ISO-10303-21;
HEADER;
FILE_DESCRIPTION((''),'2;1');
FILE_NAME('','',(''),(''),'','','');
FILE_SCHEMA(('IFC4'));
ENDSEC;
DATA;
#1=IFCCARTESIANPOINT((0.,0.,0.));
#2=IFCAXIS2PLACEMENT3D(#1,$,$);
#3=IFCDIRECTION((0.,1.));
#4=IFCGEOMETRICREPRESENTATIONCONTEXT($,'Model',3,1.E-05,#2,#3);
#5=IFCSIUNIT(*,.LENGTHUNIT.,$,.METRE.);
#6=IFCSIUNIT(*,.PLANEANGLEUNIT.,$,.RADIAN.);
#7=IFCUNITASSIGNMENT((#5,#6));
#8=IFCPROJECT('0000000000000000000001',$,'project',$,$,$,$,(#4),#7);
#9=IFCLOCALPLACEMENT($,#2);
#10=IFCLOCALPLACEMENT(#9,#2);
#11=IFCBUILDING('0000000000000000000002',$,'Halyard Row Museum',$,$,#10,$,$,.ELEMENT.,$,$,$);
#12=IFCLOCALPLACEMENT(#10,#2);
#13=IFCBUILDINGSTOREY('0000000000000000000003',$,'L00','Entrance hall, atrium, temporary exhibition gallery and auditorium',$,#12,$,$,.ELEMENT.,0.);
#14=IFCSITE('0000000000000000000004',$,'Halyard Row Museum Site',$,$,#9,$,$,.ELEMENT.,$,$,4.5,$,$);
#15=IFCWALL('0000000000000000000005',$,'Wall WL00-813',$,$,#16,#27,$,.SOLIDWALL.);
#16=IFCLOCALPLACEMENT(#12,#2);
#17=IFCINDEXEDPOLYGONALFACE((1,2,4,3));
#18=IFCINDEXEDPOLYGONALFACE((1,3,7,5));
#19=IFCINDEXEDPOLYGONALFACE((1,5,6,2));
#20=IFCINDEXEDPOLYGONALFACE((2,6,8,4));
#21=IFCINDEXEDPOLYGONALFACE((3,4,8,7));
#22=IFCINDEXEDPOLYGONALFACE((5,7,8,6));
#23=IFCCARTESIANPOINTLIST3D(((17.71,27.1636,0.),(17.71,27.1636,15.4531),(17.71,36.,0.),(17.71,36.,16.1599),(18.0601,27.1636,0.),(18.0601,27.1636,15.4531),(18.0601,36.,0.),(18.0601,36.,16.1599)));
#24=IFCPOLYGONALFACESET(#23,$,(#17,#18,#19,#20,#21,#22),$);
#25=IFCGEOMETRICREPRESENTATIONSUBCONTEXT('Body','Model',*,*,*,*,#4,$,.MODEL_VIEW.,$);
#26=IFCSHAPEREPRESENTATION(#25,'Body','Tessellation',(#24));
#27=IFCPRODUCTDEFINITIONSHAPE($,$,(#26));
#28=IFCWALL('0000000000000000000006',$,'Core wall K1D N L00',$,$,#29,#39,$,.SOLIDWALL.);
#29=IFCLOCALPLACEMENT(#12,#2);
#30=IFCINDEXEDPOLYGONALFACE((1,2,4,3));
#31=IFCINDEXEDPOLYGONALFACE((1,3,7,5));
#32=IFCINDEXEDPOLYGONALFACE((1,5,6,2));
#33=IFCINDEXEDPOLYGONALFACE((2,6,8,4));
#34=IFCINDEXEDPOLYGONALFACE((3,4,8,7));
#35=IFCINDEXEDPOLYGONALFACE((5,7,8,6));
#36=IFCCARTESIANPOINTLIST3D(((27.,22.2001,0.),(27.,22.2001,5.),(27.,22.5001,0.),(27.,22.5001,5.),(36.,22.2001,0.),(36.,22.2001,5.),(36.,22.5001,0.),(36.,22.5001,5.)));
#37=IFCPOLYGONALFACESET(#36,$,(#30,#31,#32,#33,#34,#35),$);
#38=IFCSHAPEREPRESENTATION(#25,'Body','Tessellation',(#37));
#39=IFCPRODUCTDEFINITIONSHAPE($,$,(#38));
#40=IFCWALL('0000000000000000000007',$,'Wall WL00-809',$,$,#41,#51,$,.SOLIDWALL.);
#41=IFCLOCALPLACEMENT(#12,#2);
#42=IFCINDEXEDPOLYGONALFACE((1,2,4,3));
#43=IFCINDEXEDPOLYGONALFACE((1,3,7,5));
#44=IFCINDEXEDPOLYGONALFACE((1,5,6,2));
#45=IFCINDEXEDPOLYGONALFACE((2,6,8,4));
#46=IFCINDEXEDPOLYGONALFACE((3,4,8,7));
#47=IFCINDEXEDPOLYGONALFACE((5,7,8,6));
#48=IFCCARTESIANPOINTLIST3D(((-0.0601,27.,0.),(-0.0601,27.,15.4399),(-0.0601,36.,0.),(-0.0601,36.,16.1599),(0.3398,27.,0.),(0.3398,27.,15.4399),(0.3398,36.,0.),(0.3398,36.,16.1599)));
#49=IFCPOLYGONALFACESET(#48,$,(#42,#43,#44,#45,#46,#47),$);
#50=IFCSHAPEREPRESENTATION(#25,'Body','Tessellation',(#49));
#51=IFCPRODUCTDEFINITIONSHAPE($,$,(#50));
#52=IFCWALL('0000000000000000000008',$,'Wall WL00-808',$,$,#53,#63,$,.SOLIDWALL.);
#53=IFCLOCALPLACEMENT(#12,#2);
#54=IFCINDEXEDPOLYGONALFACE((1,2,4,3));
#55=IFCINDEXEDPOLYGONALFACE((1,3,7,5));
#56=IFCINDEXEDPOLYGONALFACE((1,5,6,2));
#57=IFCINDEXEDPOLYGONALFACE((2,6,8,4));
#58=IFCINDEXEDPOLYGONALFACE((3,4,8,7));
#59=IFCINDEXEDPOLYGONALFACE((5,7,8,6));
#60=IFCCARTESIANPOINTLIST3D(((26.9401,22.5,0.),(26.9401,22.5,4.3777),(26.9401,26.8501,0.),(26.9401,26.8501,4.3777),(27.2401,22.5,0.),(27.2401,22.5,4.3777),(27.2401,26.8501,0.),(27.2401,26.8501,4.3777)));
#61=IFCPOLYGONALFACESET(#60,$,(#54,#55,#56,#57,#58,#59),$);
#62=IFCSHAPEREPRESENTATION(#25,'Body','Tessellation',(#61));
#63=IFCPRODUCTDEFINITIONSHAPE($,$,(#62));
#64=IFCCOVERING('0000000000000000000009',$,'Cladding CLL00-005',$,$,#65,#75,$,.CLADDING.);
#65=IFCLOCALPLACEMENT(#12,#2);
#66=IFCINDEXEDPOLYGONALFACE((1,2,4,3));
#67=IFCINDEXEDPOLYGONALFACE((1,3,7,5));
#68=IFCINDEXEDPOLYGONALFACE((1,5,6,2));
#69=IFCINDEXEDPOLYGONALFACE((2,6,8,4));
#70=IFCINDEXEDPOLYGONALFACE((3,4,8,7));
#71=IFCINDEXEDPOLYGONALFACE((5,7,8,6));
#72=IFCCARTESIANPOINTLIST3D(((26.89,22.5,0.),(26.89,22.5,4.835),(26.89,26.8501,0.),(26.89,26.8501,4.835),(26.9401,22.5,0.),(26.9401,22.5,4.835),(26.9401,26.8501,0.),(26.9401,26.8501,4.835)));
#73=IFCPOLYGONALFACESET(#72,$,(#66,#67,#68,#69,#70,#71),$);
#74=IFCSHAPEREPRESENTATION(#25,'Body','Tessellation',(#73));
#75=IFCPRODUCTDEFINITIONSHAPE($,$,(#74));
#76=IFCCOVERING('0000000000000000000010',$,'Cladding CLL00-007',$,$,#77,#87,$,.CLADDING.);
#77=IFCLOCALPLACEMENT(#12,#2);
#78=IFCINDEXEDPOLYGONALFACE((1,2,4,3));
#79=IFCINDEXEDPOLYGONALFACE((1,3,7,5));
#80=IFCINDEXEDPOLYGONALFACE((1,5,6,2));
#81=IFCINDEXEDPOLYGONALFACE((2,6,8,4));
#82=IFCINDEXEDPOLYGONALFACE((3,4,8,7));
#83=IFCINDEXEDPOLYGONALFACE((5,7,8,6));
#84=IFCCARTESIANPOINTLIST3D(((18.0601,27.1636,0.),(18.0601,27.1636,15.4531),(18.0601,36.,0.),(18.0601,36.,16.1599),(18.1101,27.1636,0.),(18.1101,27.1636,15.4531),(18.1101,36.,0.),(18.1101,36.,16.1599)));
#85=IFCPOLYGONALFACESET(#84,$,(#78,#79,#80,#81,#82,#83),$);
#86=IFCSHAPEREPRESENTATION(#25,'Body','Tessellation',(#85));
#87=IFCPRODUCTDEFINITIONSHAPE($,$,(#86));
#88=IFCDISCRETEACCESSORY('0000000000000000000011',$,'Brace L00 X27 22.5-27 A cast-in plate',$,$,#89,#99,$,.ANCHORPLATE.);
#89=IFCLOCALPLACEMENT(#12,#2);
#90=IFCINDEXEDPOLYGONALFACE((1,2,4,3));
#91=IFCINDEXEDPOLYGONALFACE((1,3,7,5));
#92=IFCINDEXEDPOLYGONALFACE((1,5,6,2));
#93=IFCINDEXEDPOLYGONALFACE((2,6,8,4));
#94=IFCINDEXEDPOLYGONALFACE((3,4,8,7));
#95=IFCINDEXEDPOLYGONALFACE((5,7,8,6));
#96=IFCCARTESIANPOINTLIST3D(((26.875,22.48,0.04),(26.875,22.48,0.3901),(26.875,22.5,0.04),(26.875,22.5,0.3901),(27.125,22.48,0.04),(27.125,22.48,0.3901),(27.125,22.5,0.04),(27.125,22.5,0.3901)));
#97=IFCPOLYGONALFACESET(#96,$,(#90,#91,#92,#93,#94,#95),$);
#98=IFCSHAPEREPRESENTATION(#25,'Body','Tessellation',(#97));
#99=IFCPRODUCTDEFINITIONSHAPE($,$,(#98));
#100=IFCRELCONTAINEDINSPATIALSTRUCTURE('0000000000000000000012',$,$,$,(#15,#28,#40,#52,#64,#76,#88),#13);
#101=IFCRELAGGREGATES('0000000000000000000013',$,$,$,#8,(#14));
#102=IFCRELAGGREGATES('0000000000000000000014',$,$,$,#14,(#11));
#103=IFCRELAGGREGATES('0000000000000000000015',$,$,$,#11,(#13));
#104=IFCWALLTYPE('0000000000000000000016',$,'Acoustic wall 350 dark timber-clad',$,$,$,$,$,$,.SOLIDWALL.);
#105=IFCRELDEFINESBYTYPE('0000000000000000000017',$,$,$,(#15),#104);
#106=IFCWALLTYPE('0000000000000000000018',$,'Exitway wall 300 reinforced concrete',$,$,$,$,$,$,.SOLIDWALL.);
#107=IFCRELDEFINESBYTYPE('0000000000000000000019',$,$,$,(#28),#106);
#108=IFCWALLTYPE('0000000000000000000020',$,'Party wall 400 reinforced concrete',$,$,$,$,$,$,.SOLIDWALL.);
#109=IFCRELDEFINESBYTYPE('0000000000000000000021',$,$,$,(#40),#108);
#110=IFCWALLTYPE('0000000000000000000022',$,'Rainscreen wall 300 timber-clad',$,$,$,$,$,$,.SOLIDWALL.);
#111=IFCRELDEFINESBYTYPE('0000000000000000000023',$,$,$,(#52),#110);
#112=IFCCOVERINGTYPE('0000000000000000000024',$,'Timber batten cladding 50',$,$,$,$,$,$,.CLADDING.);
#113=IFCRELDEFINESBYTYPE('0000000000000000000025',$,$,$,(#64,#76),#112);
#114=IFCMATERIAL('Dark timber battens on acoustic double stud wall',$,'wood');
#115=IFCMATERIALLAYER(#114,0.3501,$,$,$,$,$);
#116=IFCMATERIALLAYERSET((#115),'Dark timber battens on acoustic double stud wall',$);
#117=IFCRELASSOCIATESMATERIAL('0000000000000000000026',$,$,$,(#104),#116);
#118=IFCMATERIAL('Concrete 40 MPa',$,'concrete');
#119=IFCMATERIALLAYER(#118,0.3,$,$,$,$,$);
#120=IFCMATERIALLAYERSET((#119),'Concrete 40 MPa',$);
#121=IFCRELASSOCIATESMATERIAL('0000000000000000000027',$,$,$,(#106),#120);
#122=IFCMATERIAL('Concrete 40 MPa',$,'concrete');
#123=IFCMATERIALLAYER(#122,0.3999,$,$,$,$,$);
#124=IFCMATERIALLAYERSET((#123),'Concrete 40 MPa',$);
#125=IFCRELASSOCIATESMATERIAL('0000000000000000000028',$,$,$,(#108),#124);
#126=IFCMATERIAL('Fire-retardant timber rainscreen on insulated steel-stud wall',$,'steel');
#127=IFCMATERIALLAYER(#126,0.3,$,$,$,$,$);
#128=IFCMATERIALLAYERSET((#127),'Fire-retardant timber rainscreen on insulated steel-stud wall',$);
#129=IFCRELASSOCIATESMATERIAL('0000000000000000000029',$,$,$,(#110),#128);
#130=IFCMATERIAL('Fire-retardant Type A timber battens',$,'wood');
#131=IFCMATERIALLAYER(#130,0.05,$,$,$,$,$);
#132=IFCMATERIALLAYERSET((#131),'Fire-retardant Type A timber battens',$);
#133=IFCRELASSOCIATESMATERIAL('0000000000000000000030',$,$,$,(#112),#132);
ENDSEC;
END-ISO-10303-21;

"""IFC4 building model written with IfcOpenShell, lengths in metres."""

from ifc_helpers import new_model, si_unit, direction, frame, frame_2d, origin, origin_2d, place, context, subcontext, project, spatial, polyline, rectangle, outline, extrude, material, layer, layer_set, type_object, element, save


model = new_model("IFC4")

# Units and contexts
model_context = context("Model", 3, precision=1e-05, world=origin(), true_north=direction((0.0, 1.0)))
body_context = subcontext(model_context, "Body", "Model", "MODEL_VIEW")
ifc_project = project(units=[si_unit("LENGTHUNIT", "METRE"), si_unit("PLANEANGLEUNIT", "RADIAN")], contexts=[model_context])

# Site, building, storey
site_placement = place(None, origin())
site = spatial("IfcSite", under=ifc_project, at=site_placement, Name="Halyard Row Museum Site", CompositionType="ELEMENT", RefElevation=4.5)
building_placement = place(site_placement, origin())
building = spatial("IfcBuilding", under=site, at=building_placement, Name="Halyard Row Museum", CompositionType="ELEMENT")
storey_placement = place(building_placement, origin())
storey = spatial("IfcBuildingStorey", under=building, at=storey_placement, Name="L00", Description="Entrance hall, atrium, temporary exhibition gallery and auditorium", CompositionType="ELEMENT", Elevation=0.0)

# Walls
ifc_material_1 = material(Name="Dark timber battens on acoustic double stud wall", Category="wood")
ifc_layer_1 = layer(ifc_material_1, 0.3501)
ifc_layer_set_1 = layer_set([ifc_layer_1], Name="Dark timber battens on acoustic double stud wall")
wall_type_1 = type_object("IfcWallType", Name="Acoustic wall 350 dark timber-clad", PredefinedType="SOLIDWALL", material=ifc_layer_set_1)
wall_1_placement = place(storey_placement, frame((17.885, 27.1636, 0.0), z_axis=(0.0, 0.0, 1.0), x_axis=(0.0, 1.0, 0.0)))
element("IfcWall", 1, at=wall_1_placement, inside=storey, type_object=wall_type_1, Name="Wall WL00-813", PredefinedType="SOLIDWALL", context=body_context, shape_type="SweptSolid", body=[
    extrude(outline(polyline([(0.0, 0.0), (8.8364, 0.0), (8.8364, 16.1599), (0.0, 15.4531), (0.0, 0.0)])), frame((0.0, 0.175, 0.0), z_axis=(0.0, -1.0, 0.0), x_axis=(1.0, 0.0, 0.0)), (0.0, 0.0, 1.0), 0.3501),
])
ifc_material_2 = material(Name="Concrete 40 MPa", Category="concrete")
ifc_layer_2 = layer(ifc_material_2, 0.3)
ifc_layer_set_2 = layer_set([ifc_layer_2], Name="Concrete 40 MPa")
wall_type_2 = type_object("IfcWallType", Name="Exitway wall 300 reinforced concrete", PredefinedType="SOLIDWALL", material=ifc_layer_set_2)
wall_2_placement = place(storey_placement, frame((27.0, 22.3501, 0.0), z_axis=(0.0, 0.0, 1.0), x_axis=(1.0, 0.0, 0.0)))
element("IfcWall", 2, at=wall_2_placement, inside=storey, type_object=wall_type_2, Name="Core wall K1D N L00", PredefinedType="SOLIDWALL", context=body_context, shape_type="SweptSolid", body=[
    extrude(rectangle(XDim=9.0, YDim=0.3, at=frame_2d((4.5, 0.0))), origin(), (0.0, 0.0, 1.0), 5.0),
])
ifc_material_3 = material(Name="Concrete 40 MPa", Category="concrete")
ifc_layer_3 = layer(ifc_material_3, 0.3999)
ifc_layer_set_3 = layer_set([ifc_layer_3], Name="Concrete 40 MPa")
wall_type_3 = type_object("IfcWallType", Name="Party wall 400 reinforced concrete", PredefinedType="SOLIDWALL", material=ifc_layer_set_3)
wall_3_placement = place(storey_placement, frame((0.1399, 27.0, 0.0), z_axis=(0.0, 0.0, 1.0), x_axis=(0.0, 1.0, 0.0)))
element("IfcWall", 3, at=wall_3_placement, inside=storey, type_object=wall_type_3, Name="Wall WL00-809", PredefinedType="SOLIDWALL", context=body_context, shape_type="SweptSolid", body=[
    extrude(outline(polyline([(0.0, 0.0), (9.0, 0.0), (9.0, 16.1599), (0.0, 15.4399), (0.0, 0.0)])), frame((0.0, 0.2, 0.0), z_axis=(0.0, -1.0, 0.0), x_axis=(1.0, 0.0, 0.0)), (0.0, 0.0, 1.0), 0.3999),
])
ifc_material_4 = material(Name="Fire-retardant timber rainscreen on insulated steel-stud wall", Category="steel")
ifc_layer_4 = layer(ifc_material_4, 0.3)
ifc_layer_set_4 = layer_set([ifc_layer_4], Name="Fire-retardant timber rainscreen on insulated steel-stud wall")
wall_type_4 = type_object("IfcWallType", Name="Rainscreen wall 300 timber-clad", PredefinedType="SOLIDWALL", material=ifc_layer_set_4)
wall_4_placement = place(storey_placement, frame((27.0901, 22.5, 0.0), z_axis=(0.0, 0.0, 1.0), x_axis=(0.0, 1.0, 0.0)))
element("IfcWall", 4, at=wall_4_placement, inside=storey, type_object=wall_type_4, Name="Wall WL00-808", PredefinedType="SOLIDWALL", context=body_context, shape_type="SweptSolid", body=[
    extrude(rectangle(XDim=4.3501, YDim=0.3, at=frame_2d((2.175, 0.0))), origin(), (0.0, 0.0, 1.0), 4.3777),
])

# Coverings
ifc_material_5 = material(Name="Fire-retardant Type A timber battens", Category="wood")
ifc_layer_5 = layer(ifc_material_5, 0.05)
ifc_layer_set_5 = layer_set([ifc_layer_5], Name="Fire-retardant Type A timber battens")
covering_type = type_object("IfcCoveringType", Name="Timber batten cladding 50", PredefinedType="CLADDING", material=ifc_layer_set_5)
covering_1_placement = place(storey_placement, frame((26.915, 26.8501, 0.0), z_axis=(0.0, 0.0, 1.0), x_axis=(0.0, -1.0, 0.0)))
element("IfcCovering", 5, at=covering_1_placement, inside=storey, type_object=covering_type, Name="Cladding CLL00-005", PredefinedType="CLADDING", context=body_context, shape_type="SweptSolid", body=[
    extrude(rectangle(XDim=4.3501, YDim=0.05, at=frame_2d((2.175, 0.0))), origin(), (0.0, 0.0, 1.0), 4.835),
])
covering_2_placement = place(storey_placement, frame((18.085, 27.1636, 0.0), z_axis=(0.0, 0.0, 1.0), x_axis=(0.0, 1.0, 0.0)))
element("IfcCovering", 6, at=covering_2_placement, inside=storey, type_object=covering_type, Name="Cladding CLL00-007", PredefinedType="CLADDING", context=body_context, shape_type="SweptSolid", body=[
    extrude(outline(polyline([(0.0, 0.0), (8.8364, 0.0), (8.8364, 16.1599), (0.0, 15.4531), (0.0, 0.0)])), frame((0.0, 0.0249, 0.0), z_axis=(0.0, -1.0, 0.0), x_axis=(1.0, 0.0, 0.0)), (0.0, 0.0, 1.0), 0.05),
])

# Discrete accessory
discrete_accessory_placement = place(storey_placement, frame((27.0, 22.5, 0.2151), z_axis=(0.0, -1.0, 0.0), x_axis=(1.0, 0.0, 0.0)))
element("IfcDiscreteAccessory", 7, at=discrete_accessory_placement, inside=storey, Name="Brace L00 X27 22.5-27 A cast-in plate", PredefinedType="ANCHORPLATE", context=body_context, shape_type="SweptSolid", body=[
    extrude(rectangle(XDim=0.25, YDim=0.3501, at=origin_2d()), origin(), (0.0, 0.0, 1.0), 0.02),
])

save(model, "model.ifc")
